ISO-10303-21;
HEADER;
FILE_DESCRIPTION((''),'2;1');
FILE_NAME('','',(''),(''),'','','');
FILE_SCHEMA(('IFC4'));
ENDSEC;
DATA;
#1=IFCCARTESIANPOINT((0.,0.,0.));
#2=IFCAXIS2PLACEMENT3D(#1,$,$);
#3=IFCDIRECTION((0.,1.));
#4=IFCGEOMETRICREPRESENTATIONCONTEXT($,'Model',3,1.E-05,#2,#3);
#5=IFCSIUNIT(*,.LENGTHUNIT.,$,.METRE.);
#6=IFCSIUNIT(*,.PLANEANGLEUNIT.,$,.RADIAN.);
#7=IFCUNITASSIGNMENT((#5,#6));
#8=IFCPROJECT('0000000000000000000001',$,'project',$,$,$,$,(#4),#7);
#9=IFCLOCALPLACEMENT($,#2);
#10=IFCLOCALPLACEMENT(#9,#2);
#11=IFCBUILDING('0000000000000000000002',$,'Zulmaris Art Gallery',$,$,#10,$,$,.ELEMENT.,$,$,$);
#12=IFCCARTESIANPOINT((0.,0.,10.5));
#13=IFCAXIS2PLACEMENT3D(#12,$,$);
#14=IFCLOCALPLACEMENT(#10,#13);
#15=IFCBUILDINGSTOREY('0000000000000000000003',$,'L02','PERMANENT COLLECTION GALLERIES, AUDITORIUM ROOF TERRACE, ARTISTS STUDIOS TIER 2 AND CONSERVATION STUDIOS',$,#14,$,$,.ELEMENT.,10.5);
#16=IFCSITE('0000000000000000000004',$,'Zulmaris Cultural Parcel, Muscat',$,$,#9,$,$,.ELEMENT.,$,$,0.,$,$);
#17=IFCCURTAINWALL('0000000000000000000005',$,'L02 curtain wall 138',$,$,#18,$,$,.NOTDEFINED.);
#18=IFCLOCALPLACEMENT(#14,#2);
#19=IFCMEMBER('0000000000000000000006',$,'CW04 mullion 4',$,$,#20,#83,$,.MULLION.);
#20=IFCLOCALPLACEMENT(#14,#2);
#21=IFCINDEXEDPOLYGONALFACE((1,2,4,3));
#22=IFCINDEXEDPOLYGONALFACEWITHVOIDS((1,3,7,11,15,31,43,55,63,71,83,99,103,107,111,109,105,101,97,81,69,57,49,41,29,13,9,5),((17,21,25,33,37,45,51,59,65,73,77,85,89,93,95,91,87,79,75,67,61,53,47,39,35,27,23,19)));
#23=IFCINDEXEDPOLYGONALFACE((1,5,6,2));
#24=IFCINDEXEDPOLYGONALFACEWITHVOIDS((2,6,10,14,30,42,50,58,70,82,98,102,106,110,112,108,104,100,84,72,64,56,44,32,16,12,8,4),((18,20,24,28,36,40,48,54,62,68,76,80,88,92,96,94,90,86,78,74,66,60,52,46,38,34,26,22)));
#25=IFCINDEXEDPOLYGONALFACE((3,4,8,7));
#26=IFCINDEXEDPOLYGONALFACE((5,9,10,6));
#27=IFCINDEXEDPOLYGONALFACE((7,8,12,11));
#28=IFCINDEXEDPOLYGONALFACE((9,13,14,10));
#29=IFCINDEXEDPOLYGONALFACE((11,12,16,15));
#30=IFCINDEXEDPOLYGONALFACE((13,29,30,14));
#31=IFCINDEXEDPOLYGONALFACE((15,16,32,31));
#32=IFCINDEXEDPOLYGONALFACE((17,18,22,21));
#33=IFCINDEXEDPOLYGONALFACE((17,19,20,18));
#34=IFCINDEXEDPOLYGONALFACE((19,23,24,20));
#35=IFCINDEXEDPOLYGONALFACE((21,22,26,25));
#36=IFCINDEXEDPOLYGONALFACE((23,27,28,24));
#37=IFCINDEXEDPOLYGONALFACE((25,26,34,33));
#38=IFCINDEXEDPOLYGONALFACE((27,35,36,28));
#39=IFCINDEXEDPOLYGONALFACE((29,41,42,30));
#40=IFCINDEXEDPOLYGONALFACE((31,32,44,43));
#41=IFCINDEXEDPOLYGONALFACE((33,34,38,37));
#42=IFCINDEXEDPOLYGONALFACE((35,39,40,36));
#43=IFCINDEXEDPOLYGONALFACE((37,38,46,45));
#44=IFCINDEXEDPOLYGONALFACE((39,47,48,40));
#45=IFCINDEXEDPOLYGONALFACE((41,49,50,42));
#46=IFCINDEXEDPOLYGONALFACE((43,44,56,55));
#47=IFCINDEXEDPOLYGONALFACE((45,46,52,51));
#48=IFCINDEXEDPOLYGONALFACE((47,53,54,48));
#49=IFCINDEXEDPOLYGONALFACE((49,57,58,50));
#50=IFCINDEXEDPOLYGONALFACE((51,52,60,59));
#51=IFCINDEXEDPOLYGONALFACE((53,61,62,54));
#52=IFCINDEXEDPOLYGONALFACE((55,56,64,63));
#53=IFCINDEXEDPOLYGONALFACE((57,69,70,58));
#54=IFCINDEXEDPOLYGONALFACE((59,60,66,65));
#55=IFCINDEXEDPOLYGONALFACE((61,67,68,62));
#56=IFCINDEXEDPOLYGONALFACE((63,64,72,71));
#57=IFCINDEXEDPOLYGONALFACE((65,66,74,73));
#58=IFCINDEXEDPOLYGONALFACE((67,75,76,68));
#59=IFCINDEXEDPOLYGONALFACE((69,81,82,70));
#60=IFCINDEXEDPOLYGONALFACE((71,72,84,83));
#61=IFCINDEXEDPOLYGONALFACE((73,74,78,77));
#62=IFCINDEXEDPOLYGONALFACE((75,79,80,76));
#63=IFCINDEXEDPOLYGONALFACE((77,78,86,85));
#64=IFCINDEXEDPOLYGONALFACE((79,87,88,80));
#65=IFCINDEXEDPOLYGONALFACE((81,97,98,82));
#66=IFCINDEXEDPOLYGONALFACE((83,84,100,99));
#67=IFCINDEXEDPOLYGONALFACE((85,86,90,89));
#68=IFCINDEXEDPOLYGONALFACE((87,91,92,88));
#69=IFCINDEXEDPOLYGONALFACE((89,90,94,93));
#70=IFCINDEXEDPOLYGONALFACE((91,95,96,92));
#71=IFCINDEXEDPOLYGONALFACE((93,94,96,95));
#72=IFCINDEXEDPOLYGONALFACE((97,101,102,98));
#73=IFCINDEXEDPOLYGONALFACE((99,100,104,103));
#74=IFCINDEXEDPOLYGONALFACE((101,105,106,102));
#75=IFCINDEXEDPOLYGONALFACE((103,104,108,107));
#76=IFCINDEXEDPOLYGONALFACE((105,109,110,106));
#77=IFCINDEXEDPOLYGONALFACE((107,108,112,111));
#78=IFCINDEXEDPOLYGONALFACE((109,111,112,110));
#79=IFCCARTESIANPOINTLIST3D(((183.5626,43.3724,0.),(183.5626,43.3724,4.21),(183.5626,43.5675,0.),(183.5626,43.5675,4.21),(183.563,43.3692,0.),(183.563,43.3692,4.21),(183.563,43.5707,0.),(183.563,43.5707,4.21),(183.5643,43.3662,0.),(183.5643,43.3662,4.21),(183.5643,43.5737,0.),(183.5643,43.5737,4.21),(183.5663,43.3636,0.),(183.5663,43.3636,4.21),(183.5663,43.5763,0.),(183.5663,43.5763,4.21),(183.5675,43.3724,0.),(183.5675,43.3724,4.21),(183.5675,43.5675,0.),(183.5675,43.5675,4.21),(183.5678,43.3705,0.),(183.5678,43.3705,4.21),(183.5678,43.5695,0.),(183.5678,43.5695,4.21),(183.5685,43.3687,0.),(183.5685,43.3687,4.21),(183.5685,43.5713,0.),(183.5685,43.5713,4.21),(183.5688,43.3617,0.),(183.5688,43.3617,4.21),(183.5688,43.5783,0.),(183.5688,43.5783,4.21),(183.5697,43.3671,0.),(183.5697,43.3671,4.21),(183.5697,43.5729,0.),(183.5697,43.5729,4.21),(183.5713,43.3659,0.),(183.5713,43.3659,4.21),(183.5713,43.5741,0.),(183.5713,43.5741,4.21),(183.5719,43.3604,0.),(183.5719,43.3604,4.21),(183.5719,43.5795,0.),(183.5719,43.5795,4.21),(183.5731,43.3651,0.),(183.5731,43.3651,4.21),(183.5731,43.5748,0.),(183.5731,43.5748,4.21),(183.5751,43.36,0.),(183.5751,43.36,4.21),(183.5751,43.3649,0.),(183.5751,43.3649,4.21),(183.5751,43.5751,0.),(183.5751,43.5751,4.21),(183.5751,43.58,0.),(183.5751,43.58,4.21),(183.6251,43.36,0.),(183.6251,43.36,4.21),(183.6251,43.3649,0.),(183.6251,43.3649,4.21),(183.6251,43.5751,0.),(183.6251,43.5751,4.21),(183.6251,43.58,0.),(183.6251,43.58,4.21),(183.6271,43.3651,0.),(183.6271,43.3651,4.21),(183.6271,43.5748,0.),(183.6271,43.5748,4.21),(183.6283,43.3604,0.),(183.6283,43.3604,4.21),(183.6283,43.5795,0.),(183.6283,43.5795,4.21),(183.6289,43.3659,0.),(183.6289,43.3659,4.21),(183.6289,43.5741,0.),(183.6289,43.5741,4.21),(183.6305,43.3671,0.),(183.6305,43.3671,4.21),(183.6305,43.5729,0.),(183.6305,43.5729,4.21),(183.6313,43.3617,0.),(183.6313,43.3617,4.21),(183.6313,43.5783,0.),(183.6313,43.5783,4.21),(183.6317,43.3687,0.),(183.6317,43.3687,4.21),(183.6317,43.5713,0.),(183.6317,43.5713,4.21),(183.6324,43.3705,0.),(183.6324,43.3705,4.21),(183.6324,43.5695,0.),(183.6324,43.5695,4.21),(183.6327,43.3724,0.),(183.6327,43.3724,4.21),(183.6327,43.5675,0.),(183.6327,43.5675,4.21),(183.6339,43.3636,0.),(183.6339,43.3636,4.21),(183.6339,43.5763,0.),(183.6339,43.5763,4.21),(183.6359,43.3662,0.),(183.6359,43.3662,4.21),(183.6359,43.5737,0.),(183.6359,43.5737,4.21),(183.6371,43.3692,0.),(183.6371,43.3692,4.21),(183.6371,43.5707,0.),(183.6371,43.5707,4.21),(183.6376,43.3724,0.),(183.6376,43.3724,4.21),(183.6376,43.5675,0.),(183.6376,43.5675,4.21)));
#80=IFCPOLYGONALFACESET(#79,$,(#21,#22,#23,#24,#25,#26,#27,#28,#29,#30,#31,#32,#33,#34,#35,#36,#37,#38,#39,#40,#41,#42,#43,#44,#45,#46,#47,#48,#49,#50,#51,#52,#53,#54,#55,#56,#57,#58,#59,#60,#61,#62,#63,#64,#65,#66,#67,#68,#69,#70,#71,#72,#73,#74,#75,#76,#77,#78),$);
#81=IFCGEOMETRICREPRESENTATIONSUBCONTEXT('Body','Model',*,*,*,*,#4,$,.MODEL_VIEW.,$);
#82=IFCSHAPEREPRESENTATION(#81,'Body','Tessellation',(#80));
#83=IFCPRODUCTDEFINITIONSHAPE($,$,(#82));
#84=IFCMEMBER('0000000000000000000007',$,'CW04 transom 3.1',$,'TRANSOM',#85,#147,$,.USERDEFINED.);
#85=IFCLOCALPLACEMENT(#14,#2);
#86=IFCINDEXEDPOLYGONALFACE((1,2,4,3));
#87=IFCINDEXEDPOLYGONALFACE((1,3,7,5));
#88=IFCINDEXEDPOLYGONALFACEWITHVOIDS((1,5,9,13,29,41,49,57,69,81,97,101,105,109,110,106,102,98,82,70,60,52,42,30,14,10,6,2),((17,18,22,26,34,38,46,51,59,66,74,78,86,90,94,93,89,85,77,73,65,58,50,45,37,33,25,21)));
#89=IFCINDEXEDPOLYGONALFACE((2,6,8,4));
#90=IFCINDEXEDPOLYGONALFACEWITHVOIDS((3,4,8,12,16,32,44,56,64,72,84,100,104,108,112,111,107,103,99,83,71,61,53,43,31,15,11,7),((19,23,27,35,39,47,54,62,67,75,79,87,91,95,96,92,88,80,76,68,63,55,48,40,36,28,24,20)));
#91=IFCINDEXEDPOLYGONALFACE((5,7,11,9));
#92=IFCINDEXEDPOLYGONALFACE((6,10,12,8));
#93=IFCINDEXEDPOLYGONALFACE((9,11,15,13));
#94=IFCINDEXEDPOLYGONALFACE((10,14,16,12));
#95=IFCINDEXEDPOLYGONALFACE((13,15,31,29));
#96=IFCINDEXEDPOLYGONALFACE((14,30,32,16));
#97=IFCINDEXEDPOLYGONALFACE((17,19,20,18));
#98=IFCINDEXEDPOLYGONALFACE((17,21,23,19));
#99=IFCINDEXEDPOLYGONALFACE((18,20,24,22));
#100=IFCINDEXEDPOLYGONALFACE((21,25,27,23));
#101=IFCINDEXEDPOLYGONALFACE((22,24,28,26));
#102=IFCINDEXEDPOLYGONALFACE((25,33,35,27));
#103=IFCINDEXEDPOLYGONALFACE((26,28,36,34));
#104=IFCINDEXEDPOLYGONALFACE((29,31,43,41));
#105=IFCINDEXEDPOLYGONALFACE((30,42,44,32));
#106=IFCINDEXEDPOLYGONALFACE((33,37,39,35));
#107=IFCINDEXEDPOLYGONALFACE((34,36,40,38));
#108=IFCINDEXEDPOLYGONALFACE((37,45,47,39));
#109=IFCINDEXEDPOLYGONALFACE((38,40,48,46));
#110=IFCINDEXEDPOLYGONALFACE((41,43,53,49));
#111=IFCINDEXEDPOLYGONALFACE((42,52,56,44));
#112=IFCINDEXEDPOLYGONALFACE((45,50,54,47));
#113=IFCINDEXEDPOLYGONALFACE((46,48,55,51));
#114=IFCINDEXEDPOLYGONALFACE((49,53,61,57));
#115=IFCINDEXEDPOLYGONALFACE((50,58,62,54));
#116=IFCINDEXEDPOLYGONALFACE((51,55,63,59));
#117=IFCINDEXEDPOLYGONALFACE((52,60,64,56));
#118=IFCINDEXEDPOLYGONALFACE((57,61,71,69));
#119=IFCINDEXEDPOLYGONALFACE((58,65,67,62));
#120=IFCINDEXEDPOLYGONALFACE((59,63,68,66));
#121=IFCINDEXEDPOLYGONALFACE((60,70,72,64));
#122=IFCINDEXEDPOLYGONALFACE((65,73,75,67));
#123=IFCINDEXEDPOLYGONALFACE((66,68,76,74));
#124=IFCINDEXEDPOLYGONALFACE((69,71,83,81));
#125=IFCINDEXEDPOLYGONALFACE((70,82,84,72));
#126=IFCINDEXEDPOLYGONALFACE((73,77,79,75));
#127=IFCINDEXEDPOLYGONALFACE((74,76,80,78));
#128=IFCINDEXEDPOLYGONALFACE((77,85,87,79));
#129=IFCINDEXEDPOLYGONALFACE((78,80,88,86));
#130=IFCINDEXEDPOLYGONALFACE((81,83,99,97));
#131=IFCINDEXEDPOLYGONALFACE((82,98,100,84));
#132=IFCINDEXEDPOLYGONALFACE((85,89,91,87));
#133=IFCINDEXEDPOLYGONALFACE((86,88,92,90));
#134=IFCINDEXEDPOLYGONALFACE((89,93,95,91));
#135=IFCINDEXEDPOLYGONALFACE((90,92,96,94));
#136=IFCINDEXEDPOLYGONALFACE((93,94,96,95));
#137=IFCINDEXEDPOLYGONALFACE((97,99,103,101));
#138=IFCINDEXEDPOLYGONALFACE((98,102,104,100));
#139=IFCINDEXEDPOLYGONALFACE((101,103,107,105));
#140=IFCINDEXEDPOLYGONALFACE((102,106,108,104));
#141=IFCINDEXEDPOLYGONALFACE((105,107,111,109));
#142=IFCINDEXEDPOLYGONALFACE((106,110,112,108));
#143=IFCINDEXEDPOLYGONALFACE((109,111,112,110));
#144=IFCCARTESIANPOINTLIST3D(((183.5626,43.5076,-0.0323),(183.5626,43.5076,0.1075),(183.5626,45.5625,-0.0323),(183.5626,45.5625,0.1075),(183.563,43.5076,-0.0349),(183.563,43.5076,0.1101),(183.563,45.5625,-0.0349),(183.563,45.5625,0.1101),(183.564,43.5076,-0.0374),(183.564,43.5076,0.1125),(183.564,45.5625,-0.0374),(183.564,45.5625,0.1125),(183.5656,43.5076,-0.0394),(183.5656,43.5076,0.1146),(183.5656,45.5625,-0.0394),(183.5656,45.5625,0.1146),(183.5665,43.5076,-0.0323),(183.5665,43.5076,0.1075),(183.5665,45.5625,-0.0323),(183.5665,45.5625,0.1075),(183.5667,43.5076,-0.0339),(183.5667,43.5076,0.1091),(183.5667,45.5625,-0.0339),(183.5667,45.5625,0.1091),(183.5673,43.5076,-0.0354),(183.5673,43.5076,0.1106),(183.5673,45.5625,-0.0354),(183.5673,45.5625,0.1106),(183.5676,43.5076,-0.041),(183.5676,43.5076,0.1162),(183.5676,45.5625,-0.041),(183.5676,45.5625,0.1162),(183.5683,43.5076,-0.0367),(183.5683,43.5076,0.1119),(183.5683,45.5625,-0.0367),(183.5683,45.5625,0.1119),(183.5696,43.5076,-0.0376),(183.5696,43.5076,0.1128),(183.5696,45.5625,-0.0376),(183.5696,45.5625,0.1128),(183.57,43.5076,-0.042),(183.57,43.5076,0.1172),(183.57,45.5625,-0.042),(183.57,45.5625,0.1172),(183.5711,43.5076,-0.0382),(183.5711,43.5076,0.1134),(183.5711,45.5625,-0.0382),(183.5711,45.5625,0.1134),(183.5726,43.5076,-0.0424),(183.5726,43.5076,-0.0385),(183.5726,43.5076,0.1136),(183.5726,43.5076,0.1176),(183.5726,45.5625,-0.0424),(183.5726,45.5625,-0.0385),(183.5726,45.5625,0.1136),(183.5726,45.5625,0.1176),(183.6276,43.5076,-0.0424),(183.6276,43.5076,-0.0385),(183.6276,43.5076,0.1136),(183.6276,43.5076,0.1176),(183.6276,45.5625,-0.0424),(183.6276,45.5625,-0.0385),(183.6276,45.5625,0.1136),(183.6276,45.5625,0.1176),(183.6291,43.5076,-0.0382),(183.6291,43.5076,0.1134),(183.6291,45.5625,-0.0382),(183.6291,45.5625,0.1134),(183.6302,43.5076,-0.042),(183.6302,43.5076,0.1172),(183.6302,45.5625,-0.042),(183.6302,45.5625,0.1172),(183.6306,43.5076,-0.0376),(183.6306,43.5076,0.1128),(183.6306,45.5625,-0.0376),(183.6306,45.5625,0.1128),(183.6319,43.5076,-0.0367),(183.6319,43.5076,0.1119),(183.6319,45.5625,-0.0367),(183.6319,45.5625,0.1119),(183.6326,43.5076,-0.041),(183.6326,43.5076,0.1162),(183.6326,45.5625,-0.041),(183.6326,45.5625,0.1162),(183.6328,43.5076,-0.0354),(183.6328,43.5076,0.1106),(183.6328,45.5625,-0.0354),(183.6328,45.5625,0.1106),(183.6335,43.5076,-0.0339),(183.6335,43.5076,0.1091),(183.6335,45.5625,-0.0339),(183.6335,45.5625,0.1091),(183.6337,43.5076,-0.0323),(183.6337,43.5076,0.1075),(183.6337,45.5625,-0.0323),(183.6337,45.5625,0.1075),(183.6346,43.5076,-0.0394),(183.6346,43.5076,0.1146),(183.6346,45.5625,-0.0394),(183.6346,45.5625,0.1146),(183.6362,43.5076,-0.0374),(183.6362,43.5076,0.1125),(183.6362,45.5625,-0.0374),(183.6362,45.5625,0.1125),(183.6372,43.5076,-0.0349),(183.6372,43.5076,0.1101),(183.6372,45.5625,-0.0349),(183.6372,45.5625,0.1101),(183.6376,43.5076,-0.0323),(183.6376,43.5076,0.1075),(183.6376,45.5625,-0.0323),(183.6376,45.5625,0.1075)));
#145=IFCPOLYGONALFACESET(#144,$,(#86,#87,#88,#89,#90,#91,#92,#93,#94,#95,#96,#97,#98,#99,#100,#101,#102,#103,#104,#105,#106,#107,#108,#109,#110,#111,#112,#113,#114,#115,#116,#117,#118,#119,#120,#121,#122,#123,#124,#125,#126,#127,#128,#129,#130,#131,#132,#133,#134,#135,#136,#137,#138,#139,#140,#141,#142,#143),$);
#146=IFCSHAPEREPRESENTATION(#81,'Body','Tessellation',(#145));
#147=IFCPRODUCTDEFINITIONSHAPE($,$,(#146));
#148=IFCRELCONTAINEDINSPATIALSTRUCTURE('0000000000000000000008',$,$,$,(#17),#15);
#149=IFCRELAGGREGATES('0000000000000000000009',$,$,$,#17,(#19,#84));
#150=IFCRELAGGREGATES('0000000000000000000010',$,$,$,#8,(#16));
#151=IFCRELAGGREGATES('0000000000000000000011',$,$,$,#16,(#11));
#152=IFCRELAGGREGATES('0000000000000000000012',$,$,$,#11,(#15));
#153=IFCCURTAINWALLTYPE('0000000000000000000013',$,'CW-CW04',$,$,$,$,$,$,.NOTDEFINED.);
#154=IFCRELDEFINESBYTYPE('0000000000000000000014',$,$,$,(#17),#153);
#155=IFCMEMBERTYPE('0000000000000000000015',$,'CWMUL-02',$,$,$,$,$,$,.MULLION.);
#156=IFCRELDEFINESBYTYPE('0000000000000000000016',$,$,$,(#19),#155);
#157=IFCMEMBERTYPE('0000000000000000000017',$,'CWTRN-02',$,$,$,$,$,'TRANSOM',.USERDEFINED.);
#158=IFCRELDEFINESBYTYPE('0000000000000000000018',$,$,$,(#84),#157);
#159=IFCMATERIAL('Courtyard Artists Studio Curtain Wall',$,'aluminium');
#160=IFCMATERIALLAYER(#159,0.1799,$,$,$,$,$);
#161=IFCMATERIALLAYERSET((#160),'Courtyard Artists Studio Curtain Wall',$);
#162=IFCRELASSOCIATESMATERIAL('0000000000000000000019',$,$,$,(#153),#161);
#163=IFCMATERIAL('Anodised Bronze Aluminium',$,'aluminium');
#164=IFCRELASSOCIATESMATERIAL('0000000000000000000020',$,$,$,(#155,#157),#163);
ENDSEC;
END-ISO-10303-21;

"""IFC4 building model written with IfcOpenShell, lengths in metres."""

from ifc_helpers import new_model, si_unit, direction, frame, origin, origin_2d, place, context, subcontext, project, spatial, hollow_rectangle, extrude, material, layer, layer_set, material_profile, profile_set, type_object, element, aggregate, save


model = new_model("IFC4")

# Units and contexts
model_context = context("Model", 3, precision=1e-05, world=origin(), true_north=direction((0.0, 1.0)))
body_context = subcontext(model_context, "Body", "Model", "MODEL_VIEW")
ifc_project = project(units=[si_unit("LENGTHUNIT", "METRE"), si_unit("PLANEANGLEUNIT", "RADIAN")], contexts=[model_context])

# Site, building, storey
site_placement = place(None, origin())
site = spatial("IfcSite", under=ifc_project, at=site_placement, Name="Zulmaris Cultural Parcel, Muscat", CompositionType="ELEMENT", RefElevation=0.0)
building_placement = place(site_placement, origin())
building = spatial("IfcBuilding", under=site, at=building_placement, Name="Zulmaris Art Gallery", CompositionType="ELEMENT")
storey_placement = place(building_placement, frame((0.0, 0.0, 10.5)))
storey = spatial("IfcBuildingStorey", under=building, at=storey_placement, Name="L02", Description="PERMANENT COLLECTION GALLERIES, AUDITORIUM ROOF TERRACE, ARTISTS STUDIOS TIER 2 AND CONSERVATION STUDIOS", CompositionType="ELEMENT", Elevation=10.5)

# Curtain wall, members
ifc_material_1 = material(Name="Courtyard Artists Studio Curtain Wall", Category="aluminium")
ifc_layer_1 = layer(ifc_material_1, 0.1799)
ifc_layer_set_1 = layer_set([ifc_layer_1], Name="Courtyard Artists Studio Curtain Wall")
curtain_wall_type = type_object("IfcCurtainWallType", Name="CW-CW04", PredefinedType="NOTDEFINED", material=ifc_layer_set_1)
curtain_wall_placement = place(storey_placement, origin())
curtain_wall = element("IfcCurtainWall", 1, at=curtain_wall_placement, inside=storey, type_object=curtain_wall_type, Name="L02 curtain wall 138", PredefinedType="NOTDEFINED")
ifc_material_2 = material(Name="Anodised Bronze Aluminium", Category="aluminium")
ifc_material_profile_1 = material_profile(ifc_material_2, hollow_rectangle(XDim=0.075, YDim=0.22, WallThickness=0.0049, InnerFilletRadius=0.0076, OuterFilletRadius=0.0125, at=origin_2d()), Name="ALU 75x220x5")
ifc_profile_set_1 = profile_set([ifc_material_profile_1], Name="Anodised Bronze Aluminium")
member_type_1 = type_object("IfcMemberType", Name="CWMUL-02", PredefinedType="MULLION", material=ifc_profile_set_1)
member_1_placement = place(storey_placement, frame((183.6001, 43.47, 0.0), z_axis=(0.0, 0.0, 1.0), x_axis=(1.0, 0.0, 0.0)))
member_1 = element("IfcMember", 2, at=member_1_placement, type_object=member_type_1, Name="CW04 mullion 4", PredefinedType="MULLION", context=body_context, shape_type="SweptSolid", body=[
    extrude(hollow_rectangle(XDim=0.075, YDim=0.22, WallThickness=0.0049, InnerFilletRadius=0.0076, OuterFilletRadius=0.0125, at=origin_2d()), origin(), (0.0, 0.0, 1.0), 4.21),
])
ifc_material_profile_2 = material_profile(ifc_material_2, hollow_rectangle(XDim=0.075, YDim=0.1599, WallThickness=0.0039, InnerFilletRadius=0.0061, OuterFilletRadius=0.01, at=origin_2d()), Name="ALU 75x160x4")
ifc_profile_set_2 = profile_set([ifc_material_profile_2], Name="Anodised Bronze Aluminium")
member_type_2 = type_object("IfcMemberType", Name="CWTRN-02", ElementType="TRANSOM", PredefinedType="USERDEFINED", material=ifc_profile_set_2)
member_2_placement = place(storey_placement, frame((183.6001, 45.5625, 0.0376), z_axis=(0.0, -1.0, 0.0), x_axis=(1.0, 0.0, 0.0)))
member_2 = element("IfcMember", 3, at=member_2_placement, type_object=member_type_2, Name="CW04 transom 3.1", ObjectType="TRANSOM", PredefinedType="USERDEFINED", context=body_context, shape_type="SweptSolid", body=[
    extrude(hollow_rectangle(XDim=0.075, YDim=0.1599, WallThickness=0.0039, InnerFilletRadius=0.0061, OuterFilletRadius=0.01, at=origin_2d()), origin(), (0.0, 0.0, 1.0), 2.0549),
])
aggregate(curtain_wall, [member_1, member_2])

save(model, "model.ifc")
